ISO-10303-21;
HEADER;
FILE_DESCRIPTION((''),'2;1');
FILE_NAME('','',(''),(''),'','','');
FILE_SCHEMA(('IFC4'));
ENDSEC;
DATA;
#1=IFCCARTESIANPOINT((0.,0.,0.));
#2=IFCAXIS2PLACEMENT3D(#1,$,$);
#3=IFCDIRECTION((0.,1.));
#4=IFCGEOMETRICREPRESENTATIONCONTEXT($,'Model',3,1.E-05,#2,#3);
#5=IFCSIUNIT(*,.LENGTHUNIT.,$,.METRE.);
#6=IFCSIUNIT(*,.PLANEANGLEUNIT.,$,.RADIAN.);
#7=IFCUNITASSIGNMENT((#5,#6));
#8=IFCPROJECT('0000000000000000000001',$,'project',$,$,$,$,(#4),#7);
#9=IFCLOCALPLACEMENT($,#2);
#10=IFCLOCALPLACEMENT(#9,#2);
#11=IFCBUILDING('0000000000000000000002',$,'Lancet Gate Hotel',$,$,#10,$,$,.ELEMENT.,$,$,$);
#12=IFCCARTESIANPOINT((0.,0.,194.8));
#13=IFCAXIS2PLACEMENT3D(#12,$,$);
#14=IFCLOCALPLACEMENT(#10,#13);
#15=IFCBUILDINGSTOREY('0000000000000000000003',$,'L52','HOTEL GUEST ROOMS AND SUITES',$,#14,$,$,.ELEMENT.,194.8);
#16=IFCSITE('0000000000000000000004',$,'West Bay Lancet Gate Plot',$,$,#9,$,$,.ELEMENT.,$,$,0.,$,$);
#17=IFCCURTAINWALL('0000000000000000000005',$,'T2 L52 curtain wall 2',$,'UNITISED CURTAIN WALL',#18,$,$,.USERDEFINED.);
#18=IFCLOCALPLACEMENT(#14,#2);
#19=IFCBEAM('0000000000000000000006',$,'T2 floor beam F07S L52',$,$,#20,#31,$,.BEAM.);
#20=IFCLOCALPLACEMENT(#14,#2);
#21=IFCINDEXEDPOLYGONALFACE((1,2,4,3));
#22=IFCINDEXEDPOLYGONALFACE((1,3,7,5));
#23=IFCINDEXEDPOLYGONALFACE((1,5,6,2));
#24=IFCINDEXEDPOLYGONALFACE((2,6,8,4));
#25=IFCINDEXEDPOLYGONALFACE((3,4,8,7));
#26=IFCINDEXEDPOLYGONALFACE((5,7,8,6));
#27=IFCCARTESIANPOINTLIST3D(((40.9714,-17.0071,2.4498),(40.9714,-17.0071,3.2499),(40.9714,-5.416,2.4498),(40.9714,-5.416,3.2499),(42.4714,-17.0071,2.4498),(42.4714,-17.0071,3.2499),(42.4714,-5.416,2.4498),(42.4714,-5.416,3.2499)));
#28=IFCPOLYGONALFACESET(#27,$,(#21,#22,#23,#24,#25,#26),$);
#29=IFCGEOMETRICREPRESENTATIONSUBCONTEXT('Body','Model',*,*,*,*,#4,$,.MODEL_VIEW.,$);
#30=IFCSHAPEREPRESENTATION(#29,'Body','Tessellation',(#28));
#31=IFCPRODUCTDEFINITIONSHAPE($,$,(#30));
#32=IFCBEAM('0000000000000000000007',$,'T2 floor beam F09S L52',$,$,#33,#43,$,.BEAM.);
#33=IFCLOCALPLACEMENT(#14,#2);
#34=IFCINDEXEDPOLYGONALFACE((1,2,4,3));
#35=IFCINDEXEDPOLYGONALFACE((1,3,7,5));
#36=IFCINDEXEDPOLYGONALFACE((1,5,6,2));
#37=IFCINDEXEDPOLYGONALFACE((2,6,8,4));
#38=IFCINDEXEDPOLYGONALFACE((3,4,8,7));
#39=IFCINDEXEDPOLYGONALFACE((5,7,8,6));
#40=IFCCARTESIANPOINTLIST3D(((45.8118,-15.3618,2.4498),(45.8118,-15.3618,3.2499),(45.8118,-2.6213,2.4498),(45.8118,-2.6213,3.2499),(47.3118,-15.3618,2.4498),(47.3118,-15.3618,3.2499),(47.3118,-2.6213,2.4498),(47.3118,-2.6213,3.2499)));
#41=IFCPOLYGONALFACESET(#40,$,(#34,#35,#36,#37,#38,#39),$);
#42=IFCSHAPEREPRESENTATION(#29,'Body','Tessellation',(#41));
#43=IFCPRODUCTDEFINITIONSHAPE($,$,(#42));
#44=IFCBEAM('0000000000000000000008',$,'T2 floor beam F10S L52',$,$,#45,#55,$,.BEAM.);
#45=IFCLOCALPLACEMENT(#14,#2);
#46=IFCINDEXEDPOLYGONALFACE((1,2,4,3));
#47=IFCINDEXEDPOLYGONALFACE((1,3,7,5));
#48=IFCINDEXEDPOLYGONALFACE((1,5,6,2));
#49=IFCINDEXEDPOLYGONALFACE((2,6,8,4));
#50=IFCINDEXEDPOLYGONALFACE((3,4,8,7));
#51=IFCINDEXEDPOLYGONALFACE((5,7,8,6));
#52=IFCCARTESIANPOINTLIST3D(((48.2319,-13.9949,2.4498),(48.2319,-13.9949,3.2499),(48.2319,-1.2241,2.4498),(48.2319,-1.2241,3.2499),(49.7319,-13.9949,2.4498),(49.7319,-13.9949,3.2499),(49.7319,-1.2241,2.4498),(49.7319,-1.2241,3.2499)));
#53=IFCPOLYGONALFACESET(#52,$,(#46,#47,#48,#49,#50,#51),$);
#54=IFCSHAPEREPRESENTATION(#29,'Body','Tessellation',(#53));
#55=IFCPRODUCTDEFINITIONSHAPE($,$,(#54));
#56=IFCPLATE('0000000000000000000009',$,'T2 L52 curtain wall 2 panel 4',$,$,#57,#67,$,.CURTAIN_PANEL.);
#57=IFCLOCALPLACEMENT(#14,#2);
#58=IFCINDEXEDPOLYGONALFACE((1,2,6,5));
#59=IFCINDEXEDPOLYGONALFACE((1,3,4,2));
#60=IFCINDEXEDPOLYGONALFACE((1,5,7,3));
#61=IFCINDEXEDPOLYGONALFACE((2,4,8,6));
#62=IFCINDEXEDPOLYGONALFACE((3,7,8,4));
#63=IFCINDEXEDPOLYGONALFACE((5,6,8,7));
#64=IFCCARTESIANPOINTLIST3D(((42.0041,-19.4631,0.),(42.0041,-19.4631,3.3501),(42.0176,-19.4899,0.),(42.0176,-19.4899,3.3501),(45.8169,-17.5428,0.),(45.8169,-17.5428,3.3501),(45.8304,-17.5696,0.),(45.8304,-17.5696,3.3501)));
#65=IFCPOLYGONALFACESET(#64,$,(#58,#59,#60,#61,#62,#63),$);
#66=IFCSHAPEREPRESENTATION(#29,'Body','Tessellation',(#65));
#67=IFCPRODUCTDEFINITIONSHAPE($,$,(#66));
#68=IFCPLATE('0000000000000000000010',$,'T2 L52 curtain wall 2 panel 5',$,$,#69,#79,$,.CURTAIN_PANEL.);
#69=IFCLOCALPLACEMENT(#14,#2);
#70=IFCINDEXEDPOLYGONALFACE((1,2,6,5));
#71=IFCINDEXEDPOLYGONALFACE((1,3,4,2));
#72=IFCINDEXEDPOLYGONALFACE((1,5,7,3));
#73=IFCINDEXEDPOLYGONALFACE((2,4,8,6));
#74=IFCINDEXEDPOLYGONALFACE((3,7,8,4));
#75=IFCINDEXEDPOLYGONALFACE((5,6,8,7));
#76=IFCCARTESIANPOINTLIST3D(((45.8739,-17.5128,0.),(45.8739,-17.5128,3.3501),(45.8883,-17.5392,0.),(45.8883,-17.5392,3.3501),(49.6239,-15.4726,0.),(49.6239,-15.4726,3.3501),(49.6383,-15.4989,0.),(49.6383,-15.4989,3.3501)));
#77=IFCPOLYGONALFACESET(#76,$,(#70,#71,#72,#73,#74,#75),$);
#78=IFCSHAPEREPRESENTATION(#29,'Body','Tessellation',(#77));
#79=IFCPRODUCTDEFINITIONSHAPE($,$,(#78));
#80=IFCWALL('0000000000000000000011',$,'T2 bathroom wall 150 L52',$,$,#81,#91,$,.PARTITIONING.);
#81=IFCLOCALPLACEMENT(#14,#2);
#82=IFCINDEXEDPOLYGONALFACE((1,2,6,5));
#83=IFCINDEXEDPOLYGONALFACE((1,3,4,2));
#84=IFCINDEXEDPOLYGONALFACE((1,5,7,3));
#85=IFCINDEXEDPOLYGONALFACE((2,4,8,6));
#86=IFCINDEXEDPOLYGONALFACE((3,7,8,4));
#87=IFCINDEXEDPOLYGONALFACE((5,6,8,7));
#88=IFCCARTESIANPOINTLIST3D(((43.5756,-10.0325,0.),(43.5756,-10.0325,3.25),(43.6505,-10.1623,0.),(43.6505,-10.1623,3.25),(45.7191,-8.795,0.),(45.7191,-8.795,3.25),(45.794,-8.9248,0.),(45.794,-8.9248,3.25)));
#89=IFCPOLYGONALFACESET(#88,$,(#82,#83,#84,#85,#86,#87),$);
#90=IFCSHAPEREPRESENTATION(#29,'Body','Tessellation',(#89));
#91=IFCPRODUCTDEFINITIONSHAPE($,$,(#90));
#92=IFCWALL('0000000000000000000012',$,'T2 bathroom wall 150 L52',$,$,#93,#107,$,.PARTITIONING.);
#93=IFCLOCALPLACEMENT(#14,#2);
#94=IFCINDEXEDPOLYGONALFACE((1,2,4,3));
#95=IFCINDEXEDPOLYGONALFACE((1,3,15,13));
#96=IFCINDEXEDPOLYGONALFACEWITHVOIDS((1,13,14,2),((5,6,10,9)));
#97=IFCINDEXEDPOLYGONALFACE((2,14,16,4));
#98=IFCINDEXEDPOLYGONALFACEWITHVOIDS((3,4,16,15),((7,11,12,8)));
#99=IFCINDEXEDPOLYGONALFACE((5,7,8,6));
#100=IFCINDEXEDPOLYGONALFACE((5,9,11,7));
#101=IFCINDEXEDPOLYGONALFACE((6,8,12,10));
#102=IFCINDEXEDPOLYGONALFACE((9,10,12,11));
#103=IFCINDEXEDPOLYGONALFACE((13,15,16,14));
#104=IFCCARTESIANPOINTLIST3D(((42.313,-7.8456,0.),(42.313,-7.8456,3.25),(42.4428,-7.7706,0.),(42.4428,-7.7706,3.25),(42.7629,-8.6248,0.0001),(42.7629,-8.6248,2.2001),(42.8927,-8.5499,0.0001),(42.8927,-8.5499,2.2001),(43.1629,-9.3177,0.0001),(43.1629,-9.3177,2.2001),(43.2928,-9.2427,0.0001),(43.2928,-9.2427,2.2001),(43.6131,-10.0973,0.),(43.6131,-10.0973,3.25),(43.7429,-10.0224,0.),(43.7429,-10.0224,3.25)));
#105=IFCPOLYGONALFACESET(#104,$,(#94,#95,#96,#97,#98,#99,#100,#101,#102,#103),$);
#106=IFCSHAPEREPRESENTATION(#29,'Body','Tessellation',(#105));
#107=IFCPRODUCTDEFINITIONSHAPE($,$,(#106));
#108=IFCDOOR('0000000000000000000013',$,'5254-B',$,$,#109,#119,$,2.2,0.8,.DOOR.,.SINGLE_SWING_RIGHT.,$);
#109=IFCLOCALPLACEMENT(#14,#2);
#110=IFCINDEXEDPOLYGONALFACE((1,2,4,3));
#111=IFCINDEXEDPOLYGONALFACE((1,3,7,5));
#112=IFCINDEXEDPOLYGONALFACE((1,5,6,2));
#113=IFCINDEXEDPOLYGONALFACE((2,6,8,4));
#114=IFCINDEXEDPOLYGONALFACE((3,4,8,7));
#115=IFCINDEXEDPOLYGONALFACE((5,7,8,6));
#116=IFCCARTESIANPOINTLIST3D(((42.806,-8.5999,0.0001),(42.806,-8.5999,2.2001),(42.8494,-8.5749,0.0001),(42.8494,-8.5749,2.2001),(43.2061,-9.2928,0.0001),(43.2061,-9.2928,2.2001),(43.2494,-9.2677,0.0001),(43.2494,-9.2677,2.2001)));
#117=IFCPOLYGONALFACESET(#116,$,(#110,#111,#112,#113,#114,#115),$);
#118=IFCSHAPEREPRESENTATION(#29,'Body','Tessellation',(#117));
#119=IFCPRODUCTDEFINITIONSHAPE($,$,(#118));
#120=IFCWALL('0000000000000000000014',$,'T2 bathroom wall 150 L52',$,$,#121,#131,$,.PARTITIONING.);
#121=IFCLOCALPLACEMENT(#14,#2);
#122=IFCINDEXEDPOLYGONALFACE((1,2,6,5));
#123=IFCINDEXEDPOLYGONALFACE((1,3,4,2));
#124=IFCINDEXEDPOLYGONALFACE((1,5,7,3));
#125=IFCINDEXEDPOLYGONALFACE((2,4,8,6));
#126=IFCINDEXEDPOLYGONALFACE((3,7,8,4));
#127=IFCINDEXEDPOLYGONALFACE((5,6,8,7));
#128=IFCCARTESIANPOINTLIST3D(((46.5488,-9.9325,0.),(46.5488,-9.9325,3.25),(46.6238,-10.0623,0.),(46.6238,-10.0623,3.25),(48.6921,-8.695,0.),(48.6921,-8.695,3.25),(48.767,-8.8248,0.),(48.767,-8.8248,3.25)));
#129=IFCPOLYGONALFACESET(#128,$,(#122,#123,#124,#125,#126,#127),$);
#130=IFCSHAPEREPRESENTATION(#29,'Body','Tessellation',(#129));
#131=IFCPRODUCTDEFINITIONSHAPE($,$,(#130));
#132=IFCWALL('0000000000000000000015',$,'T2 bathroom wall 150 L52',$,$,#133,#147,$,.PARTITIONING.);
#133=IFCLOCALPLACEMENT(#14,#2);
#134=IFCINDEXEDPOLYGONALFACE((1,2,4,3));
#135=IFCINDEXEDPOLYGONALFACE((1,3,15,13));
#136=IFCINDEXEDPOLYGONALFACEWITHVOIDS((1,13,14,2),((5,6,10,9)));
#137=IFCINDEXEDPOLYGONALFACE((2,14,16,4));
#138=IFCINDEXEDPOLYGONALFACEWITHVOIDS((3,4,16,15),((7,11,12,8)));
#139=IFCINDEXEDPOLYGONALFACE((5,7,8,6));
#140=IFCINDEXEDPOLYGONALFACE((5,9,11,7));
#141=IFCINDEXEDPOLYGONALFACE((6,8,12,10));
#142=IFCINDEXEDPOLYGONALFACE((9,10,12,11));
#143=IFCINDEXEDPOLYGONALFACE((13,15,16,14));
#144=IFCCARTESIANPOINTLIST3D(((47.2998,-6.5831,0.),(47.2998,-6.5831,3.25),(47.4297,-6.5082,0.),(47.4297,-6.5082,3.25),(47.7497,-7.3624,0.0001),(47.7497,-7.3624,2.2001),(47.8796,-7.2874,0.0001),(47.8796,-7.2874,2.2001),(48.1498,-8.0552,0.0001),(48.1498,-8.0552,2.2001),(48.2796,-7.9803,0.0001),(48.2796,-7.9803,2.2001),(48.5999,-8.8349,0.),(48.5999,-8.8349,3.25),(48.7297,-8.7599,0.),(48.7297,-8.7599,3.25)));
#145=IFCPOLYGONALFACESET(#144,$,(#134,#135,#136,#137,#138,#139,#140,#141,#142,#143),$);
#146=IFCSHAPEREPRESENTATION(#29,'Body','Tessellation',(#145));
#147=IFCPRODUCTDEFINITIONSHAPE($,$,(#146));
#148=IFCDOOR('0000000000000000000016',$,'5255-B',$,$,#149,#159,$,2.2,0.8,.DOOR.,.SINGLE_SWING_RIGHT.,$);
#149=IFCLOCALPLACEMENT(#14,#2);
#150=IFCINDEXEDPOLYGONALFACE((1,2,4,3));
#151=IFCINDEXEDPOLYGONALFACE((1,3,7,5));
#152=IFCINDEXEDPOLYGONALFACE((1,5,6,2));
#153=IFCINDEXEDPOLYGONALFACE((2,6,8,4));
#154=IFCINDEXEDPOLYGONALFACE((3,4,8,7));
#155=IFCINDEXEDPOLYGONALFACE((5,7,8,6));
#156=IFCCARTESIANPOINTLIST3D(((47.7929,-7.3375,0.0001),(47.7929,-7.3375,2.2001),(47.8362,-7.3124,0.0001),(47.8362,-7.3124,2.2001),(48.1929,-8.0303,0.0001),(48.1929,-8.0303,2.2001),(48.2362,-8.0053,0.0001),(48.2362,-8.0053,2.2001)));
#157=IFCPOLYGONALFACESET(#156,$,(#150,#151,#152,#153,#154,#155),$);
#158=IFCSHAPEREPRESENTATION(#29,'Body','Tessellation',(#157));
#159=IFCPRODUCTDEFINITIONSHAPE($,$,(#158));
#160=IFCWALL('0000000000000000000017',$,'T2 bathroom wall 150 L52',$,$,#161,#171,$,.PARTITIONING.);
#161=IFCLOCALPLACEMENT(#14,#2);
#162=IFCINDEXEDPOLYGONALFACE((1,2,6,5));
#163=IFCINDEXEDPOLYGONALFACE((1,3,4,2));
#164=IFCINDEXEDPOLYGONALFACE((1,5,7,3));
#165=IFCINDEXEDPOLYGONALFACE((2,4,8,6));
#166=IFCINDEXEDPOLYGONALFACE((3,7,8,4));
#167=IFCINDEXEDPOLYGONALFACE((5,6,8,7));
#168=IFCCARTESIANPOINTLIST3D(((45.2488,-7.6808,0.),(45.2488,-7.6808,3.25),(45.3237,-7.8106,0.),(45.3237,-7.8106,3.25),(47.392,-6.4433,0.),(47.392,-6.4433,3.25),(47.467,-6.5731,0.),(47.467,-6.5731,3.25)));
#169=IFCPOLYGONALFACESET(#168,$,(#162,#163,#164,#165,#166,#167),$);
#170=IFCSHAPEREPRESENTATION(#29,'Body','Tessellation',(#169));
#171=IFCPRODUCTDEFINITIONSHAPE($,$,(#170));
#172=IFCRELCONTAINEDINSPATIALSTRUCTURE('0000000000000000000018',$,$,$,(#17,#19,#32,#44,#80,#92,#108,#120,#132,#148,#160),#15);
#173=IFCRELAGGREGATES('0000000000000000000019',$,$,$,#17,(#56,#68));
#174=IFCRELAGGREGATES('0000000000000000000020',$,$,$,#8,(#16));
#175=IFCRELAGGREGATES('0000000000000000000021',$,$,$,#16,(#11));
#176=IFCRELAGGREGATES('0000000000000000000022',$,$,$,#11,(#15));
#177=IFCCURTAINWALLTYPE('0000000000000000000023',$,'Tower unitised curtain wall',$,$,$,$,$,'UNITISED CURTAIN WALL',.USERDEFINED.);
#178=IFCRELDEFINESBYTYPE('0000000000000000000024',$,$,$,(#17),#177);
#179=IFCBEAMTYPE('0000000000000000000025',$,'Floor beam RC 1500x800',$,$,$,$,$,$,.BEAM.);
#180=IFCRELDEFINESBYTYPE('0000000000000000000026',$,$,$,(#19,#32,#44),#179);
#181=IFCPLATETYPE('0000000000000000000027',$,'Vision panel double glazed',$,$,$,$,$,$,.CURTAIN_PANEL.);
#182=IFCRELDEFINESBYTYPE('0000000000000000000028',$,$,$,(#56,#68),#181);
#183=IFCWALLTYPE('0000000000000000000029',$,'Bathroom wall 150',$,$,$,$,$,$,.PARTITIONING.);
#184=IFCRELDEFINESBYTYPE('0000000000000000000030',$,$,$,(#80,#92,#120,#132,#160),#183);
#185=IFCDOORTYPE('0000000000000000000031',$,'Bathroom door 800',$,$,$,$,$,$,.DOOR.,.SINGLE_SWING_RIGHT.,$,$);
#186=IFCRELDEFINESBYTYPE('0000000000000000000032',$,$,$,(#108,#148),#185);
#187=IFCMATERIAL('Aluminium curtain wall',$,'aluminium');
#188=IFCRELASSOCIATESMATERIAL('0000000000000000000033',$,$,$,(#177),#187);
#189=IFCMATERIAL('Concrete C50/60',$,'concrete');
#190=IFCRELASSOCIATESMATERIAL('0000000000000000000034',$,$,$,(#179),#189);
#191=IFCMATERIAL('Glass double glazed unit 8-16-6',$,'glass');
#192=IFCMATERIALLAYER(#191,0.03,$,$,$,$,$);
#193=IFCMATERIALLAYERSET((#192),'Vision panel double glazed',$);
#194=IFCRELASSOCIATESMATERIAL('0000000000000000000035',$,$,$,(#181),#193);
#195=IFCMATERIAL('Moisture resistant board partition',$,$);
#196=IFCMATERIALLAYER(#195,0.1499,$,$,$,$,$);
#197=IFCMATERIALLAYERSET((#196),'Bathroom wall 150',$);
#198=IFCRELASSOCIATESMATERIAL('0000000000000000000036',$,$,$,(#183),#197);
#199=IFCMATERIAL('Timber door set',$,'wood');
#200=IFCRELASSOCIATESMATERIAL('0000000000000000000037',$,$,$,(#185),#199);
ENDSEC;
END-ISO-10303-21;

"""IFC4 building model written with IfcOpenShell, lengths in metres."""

from ifc_helpers import new_model, si_unit, direction, frame, frame_2d, origin, origin_2d, place, context, subcontext, project, spatial, rectangle, extrude, material, layer, layer_set, material_profile, profile_set, type_object, element, fill, aggregate, save


model = new_model("IFC4")

# Units and contexts
model_context = context("Model", 3, precision=1e-05, world=origin(), true_north=direction((0.0, 1.0)))
body_context = subcontext(model_context, "Body", "Model", "MODEL_VIEW")
ifc_project = project(units=[si_unit("LENGTHUNIT", "METRE"), si_unit("PLANEANGLEUNIT", "RADIAN")], contexts=[model_context])

# Site, building, storey
site_placement = place(None, origin())
site = spatial("IfcSite", under=ifc_project, at=site_placement, Name="West Bay Lancet Gate Plot", CompositionType="ELEMENT", RefElevation=0.0)
building_placement = place(site_placement, origin())
building = spatial("IfcBuilding", under=site, at=building_placement, Name="Lancet Gate Hotel", CompositionType="ELEMENT")
storey_placement = place(building_placement, frame((0.0, 0.0, 194.8)))
storey = spatial("IfcBuildingStorey", under=building, at=storey_placement, Name="L52", Description="HOTEL GUEST ROOMS AND SUITES", CompositionType="ELEMENT", Elevation=194.8)

# Curtain wall
ifc_material_1 = material(Name="Aluminium curtain wall", Category="aluminium")
curtain_wall_type = type_object("IfcCurtainWallType", Name="Tower unitised curtain wall", ElementType="UNITISED CURTAIN WALL", PredefinedType="USERDEFINED", material=ifc_material_1)
curtain_wall_placement = place(storey_placement, origin())
curtain_wall = element("IfcCurtainWall", 1, at=curtain_wall_placement, inside=storey, type_object=curtain_wall_type, Name="T2 L52 curtain wall 2", ObjectType="UNITISED CURTAIN WALL", PredefinedType="USERDEFINED")

# Beams
ifc_material_2 = material(Name="Concrete C50/60", Category="concrete")
ifc_material_profile_1 = material_profile(ifc_material_2, rectangle(XDim=1.5, YDim=0.8, at=origin_2d()), Name="RC 1500x800")
ifc_profile_set_1 = profile_set([ifc_material_profile_1], Name="Concrete C50/60")
beam_type_1 = type_object("IfcBeamType", Name="Floor beam RC 1500x800", PredefinedType="BEAM", material=ifc_profile_set_1)
beam_1_placement = place(storey_placement, frame((41.7214, -17.0071, 2.8499), z_axis=(0.0, 1.0, 0.0), x_axis=(-1.0, 0.0, 0.0)))
element("IfcBeam", 2, at=beam_1_placement, inside=storey, type_object=beam_type_1, Name="T2 floor beam F07S L52", PredefinedType="BEAM", context=body_context, shape_type="SweptSolid", body=[
    extrude(rectangle(XDim=1.5, YDim=0.8, at=origin_2d()), origin(), (0.0, 0.0, 1.0), 11.5911),
])
beam_2_placement = place(storey_placement, frame((46.5618, -15.3618, 2.8499), z_axis=(0.0, 1.0, 0.0), x_axis=(-1.0, 0.0, 0.0)))
element("IfcBeam", 3, at=beam_2_placement, inside=storey, type_object=beam_type_1, Name="T2 floor beam F09S L52", PredefinedType="BEAM", context=body_context, shape_type="SweptSolid", body=[
    extrude(rectangle(XDim=1.5, YDim=0.8, at=origin_2d()), origin(), (0.0, 0.0, 1.0), 12.7405),
])
beam_3_placement = place(storey_placement, frame((48.9819, -13.9949, 2.8499), z_axis=(0.0, 1.0, 0.0), x_axis=(-1.0, 0.0, 0.0)))
element("IfcBeam", 4, at=beam_3_placement, inside=storey, type_object=beam_type_1, Name="T2 floor beam F10S L52", PredefinedType="BEAM", context=body_context, shape_type="SweptSolid", body=[
    extrude(rectangle(XDim=1.5, YDim=0.8, at=origin_2d()), origin(), (0.0, 0.0, 1.0), 12.7708),
])

# Plates
ifc_material_3 = material(Name="Glass double glazed unit 8-16-6", Category="glass")
ifc_layer_1 = layer(ifc_material_3, 0.03)
ifc_layer_set_1 = layer_set([ifc_layer_1], Name="Vision panel double glazed")
plate_type = type_object("IfcPlateType", Name="Vision panel double glazed", PredefinedType="CURTAIN_PANEL", material=ifc_layer_set_1)
plate_1_placement = place(storey_placement, frame((43.9172, -18.5164, 0.0), z_axis=(0.0, 0.0, 1.0), x_axis=(0.893121, 0.449816, 0.0)))
plate_1 = element("IfcPlate", 5, at=plate_1_placement, type_object=plate_type, Name="T2 L52 curtain wall 2 panel 4", PredefinedType="CURTAIN_PANEL", context=body_context, shape_type="SweptSolid", body=[
    extrude(rectangle(XDim=4.269, YDim=0.03, at=origin_2d()), origin(), (0.0, 0.0, 1.0), 3.3501),
])
plate_2_placement = place(storey_placement, frame((47.7561, -16.5059, 0.0), z_axis=(0.0, 0.0, 1.0), x_axis=(0.87841, 0.477908, 0.0)))
plate_2 = element("IfcPlate", 6, at=plate_2_placement, type_object=plate_type, Name="T2 L52 curtain wall 2 panel 5", PredefinedType="CURTAIN_PANEL", context=body_context, shape_type="SweptSolid", body=[
    extrude(rectangle(XDim=4.269, YDim=0.03, at=origin_2d()), origin(), (0.0, 0.0, 1.0), 3.3501),
])
aggregate(curtain_wall, [plate_1, plate_2])

# Wall
ifc_material_4 = material(Name="Moisture resistant board partition")
ifc_layer_2 = layer(ifc_material_4, 0.1499)
ifc_layer_set_2 = layer_set([ifc_layer_2], Name="Bathroom wall 150")
wall_type_1 = type_object("IfcWallType", Name="Bathroom wall 150", PredefinedType="PARTITIONING", material=ifc_layer_set_2)
wall_1_placement = place(storey_placement, frame((43.613, -10.0974, 0.0), z_axis=(0.0, 0.0, 1.0), x_axis=(0.866031, 0.49999, 0.0)))
element("IfcWall", 7, at=wall_1_placement, inside=storey, type_object=wall_type_1, Name="T2 bathroom wall 150 L52", PredefinedType="PARTITIONING", context=body_context, shape_type="SweptSolid", body=[
    extrude(rectangle(XDim=2.4751, YDim=0.1499, at=frame_2d((1.2375, 0.0))), origin(), (0.0, 0.0, 1.0), 3.25),
])

# Wall, opening, door
wall_2_placement = place(storey_placement, frame((42.3779, -7.8081, 0.0), z_axis=(0.0, 0.0, 1.0), x_axis=(0.500007, -0.866021, 0.0)))
wall_2 = element("IfcWall", 8, at=wall_2_placement, inside=storey, type_object=wall_type_1, Name="T2 bathroom wall 150 L52", PredefinedType="PARTITIONING", context=body_context, shape_type="SweptSolid", body=[
    extrude(rectangle(XDim=2.6001, YDim=0.1499, at=frame_2d((1.3, 0.0))), origin(), (0.0, 0.0, 1.0), 3.25),
])
opening_1_placement = place(wall_2_placement, frame((0.8999, 0.0, 0.0)))
opening_1 = element("IfcOpeningElement", 9, at=opening_1_placement, cuts=wall_2, PredefinedType="OPENING", context=body_context, shape_type="SweptSolid", body=[
    extrude(rectangle(XDim=0.8, YDim=2.2, at=frame_2d((0.3999, 1.1001))), frame((0.0, 0.085, 0.0), z_axis=(0.0, -1.0, 0.0), x_axis=(1.0, 0.0, 0.0)), (0.0, 0.0, 1.0), 0.1699),
])
ifc_material_5 = material(Name="Timber door set", Category="wood")
door_type_1 = type_object("IfcDoorType", Name="Bathroom door 800", OperationType="SINGLE_SWING_RIGHT", PredefinedType="DOOR", material=ifc_material_5)
door_1_placement = place(opening_1_placement, origin())
door_1 = element("IfcDoor", 10, at=door_1_placement, inside=storey, type_object=door_type_1, Name="5254-B", OperationType="SINGLE_SWING_RIGHT", OverallHeight=2.2, OverallWidth=0.8, PredefinedType="DOOR", context=body_context, shape_type="SweptSolid", body=[
    extrude(rectangle(XDim=0.8, YDim=2.2, at=frame_2d((0.3999, 1.1001))), frame((0.0, 0.0249, 0.0), z_axis=(0.0, -1.0, 0.0), x_axis=(1.0, 0.0, 0.0)), (0.0, 0.0, 1.0), 0.05),
])
fill(opening_1, door_1)

# Wall
wall_3_placement = place(storey_placement, frame((46.5864, -9.9973, 0.0), z_axis=(0.0, 0.0, 1.0), x_axis=(0.866007, 0.500033, 0.0)))
element("IfcWall", 11, at=wall_3_placement, inside=storey, type_object=wall_type_1, Name="T2 bathroom wall 150 L52", PredefinedType="PARTITIONING", context=body_context, shape_type="SweptSolid", body=[
    extrude(rectangle(XDim=2.4749, YDim=0.1499, at=frame_2d((1.2373, 0.0))), origin(), (0.0, 0.0, 1.0), 3.25),
])

# Wall, opening, door
wall_4_placement = place(storey_placement, frame((47.3647, -6.5457, 0.0), z_axis=(0.0, 0.0, 1.0), x_axis=(0.500007, -0.866021, 0.0)))
wall_4 = element("IfcWall", 12, at=wall_4_placement, inside=storey, type_object=wall_type_1, Name="T2 bathroom wall 150 L52", PredefinedType="PARTITIONING", context=body_context, shape_type="SweptSolid", body=[
    extrude(rectangle(XDim=2.6001, YDim=0.1499, at=frame_2d((1.3, 0.0))), origin(), (0.0, 0.0, 1.0), 3.25),
])
opening_2_placement = place(wall_4_placement, frame((0.8999, 0.0, 0.0)))
opening_2 = element("IfcOpeningElement", 13, at=opening_2_placement, cuts=wall_4, PredefinedType="OPENING", context=body_context, shape_type="SweptSolid", body=[
    extrude(rectangle(XDim=0.8, YDim=2.2, at=frame_2d((0.3999, 1.1001))), frame((0.0, 0.085, 0.0), z_axis=(0.0, -1.0, 0.0), x_axis=(1.0, 0.0, 0.0)), (0.0, 0.0, 1.0), 0.1699),
])
door_2_placement = place(opening_2_placement, origin())
door_2 = element("IfcDoor", 14, at=door_2_placement, inside=storey, type_object=door_type_1, Name="5255-B", OperationType="SINGLE_SWING_RIGHT", OverallHeight=2.2, OverallWidth=0.8, PredefinedType="DOOR", context=body_context, shape_type="SweptSolid", body=[
    extrude(rectangle(XDim=0.8, YDim=2.2, at=frame_2d((0.3999, 1.1001))), frame((0.0, 0.0249, 0.0), z_axis=(0.0, -1.0, 0.0), x_axis=(1.0, 0.0, 0.0)), (0.0, 0.0, 1.0), 0.05),
])
fill(opening_2, door_2)

# Wall
wall_5_placement = place(storey_placement, frame((45.2864, -7.7456, 0.0), z_axis=(0.0, 0.0, 1.0), x_axis=(0.866007, 0.500033, 0.0)))
element("IfcWall", 15, at=wall_5_placement, inside=storey, type_object=wall_type_1, Name="T2 bathroom wall 150 L52", PredefinedType="PARTITIONING", context=body_context, shape_type="SweptSolid", body=[
    extrude(rectangle(XDim=2.4749, YDim=0.1499, at=frame_2d((1.2373, 0.0))), origin(), (0.0, 0.0, 1.0), 3.25),
])

save(model, "model.ifc")
